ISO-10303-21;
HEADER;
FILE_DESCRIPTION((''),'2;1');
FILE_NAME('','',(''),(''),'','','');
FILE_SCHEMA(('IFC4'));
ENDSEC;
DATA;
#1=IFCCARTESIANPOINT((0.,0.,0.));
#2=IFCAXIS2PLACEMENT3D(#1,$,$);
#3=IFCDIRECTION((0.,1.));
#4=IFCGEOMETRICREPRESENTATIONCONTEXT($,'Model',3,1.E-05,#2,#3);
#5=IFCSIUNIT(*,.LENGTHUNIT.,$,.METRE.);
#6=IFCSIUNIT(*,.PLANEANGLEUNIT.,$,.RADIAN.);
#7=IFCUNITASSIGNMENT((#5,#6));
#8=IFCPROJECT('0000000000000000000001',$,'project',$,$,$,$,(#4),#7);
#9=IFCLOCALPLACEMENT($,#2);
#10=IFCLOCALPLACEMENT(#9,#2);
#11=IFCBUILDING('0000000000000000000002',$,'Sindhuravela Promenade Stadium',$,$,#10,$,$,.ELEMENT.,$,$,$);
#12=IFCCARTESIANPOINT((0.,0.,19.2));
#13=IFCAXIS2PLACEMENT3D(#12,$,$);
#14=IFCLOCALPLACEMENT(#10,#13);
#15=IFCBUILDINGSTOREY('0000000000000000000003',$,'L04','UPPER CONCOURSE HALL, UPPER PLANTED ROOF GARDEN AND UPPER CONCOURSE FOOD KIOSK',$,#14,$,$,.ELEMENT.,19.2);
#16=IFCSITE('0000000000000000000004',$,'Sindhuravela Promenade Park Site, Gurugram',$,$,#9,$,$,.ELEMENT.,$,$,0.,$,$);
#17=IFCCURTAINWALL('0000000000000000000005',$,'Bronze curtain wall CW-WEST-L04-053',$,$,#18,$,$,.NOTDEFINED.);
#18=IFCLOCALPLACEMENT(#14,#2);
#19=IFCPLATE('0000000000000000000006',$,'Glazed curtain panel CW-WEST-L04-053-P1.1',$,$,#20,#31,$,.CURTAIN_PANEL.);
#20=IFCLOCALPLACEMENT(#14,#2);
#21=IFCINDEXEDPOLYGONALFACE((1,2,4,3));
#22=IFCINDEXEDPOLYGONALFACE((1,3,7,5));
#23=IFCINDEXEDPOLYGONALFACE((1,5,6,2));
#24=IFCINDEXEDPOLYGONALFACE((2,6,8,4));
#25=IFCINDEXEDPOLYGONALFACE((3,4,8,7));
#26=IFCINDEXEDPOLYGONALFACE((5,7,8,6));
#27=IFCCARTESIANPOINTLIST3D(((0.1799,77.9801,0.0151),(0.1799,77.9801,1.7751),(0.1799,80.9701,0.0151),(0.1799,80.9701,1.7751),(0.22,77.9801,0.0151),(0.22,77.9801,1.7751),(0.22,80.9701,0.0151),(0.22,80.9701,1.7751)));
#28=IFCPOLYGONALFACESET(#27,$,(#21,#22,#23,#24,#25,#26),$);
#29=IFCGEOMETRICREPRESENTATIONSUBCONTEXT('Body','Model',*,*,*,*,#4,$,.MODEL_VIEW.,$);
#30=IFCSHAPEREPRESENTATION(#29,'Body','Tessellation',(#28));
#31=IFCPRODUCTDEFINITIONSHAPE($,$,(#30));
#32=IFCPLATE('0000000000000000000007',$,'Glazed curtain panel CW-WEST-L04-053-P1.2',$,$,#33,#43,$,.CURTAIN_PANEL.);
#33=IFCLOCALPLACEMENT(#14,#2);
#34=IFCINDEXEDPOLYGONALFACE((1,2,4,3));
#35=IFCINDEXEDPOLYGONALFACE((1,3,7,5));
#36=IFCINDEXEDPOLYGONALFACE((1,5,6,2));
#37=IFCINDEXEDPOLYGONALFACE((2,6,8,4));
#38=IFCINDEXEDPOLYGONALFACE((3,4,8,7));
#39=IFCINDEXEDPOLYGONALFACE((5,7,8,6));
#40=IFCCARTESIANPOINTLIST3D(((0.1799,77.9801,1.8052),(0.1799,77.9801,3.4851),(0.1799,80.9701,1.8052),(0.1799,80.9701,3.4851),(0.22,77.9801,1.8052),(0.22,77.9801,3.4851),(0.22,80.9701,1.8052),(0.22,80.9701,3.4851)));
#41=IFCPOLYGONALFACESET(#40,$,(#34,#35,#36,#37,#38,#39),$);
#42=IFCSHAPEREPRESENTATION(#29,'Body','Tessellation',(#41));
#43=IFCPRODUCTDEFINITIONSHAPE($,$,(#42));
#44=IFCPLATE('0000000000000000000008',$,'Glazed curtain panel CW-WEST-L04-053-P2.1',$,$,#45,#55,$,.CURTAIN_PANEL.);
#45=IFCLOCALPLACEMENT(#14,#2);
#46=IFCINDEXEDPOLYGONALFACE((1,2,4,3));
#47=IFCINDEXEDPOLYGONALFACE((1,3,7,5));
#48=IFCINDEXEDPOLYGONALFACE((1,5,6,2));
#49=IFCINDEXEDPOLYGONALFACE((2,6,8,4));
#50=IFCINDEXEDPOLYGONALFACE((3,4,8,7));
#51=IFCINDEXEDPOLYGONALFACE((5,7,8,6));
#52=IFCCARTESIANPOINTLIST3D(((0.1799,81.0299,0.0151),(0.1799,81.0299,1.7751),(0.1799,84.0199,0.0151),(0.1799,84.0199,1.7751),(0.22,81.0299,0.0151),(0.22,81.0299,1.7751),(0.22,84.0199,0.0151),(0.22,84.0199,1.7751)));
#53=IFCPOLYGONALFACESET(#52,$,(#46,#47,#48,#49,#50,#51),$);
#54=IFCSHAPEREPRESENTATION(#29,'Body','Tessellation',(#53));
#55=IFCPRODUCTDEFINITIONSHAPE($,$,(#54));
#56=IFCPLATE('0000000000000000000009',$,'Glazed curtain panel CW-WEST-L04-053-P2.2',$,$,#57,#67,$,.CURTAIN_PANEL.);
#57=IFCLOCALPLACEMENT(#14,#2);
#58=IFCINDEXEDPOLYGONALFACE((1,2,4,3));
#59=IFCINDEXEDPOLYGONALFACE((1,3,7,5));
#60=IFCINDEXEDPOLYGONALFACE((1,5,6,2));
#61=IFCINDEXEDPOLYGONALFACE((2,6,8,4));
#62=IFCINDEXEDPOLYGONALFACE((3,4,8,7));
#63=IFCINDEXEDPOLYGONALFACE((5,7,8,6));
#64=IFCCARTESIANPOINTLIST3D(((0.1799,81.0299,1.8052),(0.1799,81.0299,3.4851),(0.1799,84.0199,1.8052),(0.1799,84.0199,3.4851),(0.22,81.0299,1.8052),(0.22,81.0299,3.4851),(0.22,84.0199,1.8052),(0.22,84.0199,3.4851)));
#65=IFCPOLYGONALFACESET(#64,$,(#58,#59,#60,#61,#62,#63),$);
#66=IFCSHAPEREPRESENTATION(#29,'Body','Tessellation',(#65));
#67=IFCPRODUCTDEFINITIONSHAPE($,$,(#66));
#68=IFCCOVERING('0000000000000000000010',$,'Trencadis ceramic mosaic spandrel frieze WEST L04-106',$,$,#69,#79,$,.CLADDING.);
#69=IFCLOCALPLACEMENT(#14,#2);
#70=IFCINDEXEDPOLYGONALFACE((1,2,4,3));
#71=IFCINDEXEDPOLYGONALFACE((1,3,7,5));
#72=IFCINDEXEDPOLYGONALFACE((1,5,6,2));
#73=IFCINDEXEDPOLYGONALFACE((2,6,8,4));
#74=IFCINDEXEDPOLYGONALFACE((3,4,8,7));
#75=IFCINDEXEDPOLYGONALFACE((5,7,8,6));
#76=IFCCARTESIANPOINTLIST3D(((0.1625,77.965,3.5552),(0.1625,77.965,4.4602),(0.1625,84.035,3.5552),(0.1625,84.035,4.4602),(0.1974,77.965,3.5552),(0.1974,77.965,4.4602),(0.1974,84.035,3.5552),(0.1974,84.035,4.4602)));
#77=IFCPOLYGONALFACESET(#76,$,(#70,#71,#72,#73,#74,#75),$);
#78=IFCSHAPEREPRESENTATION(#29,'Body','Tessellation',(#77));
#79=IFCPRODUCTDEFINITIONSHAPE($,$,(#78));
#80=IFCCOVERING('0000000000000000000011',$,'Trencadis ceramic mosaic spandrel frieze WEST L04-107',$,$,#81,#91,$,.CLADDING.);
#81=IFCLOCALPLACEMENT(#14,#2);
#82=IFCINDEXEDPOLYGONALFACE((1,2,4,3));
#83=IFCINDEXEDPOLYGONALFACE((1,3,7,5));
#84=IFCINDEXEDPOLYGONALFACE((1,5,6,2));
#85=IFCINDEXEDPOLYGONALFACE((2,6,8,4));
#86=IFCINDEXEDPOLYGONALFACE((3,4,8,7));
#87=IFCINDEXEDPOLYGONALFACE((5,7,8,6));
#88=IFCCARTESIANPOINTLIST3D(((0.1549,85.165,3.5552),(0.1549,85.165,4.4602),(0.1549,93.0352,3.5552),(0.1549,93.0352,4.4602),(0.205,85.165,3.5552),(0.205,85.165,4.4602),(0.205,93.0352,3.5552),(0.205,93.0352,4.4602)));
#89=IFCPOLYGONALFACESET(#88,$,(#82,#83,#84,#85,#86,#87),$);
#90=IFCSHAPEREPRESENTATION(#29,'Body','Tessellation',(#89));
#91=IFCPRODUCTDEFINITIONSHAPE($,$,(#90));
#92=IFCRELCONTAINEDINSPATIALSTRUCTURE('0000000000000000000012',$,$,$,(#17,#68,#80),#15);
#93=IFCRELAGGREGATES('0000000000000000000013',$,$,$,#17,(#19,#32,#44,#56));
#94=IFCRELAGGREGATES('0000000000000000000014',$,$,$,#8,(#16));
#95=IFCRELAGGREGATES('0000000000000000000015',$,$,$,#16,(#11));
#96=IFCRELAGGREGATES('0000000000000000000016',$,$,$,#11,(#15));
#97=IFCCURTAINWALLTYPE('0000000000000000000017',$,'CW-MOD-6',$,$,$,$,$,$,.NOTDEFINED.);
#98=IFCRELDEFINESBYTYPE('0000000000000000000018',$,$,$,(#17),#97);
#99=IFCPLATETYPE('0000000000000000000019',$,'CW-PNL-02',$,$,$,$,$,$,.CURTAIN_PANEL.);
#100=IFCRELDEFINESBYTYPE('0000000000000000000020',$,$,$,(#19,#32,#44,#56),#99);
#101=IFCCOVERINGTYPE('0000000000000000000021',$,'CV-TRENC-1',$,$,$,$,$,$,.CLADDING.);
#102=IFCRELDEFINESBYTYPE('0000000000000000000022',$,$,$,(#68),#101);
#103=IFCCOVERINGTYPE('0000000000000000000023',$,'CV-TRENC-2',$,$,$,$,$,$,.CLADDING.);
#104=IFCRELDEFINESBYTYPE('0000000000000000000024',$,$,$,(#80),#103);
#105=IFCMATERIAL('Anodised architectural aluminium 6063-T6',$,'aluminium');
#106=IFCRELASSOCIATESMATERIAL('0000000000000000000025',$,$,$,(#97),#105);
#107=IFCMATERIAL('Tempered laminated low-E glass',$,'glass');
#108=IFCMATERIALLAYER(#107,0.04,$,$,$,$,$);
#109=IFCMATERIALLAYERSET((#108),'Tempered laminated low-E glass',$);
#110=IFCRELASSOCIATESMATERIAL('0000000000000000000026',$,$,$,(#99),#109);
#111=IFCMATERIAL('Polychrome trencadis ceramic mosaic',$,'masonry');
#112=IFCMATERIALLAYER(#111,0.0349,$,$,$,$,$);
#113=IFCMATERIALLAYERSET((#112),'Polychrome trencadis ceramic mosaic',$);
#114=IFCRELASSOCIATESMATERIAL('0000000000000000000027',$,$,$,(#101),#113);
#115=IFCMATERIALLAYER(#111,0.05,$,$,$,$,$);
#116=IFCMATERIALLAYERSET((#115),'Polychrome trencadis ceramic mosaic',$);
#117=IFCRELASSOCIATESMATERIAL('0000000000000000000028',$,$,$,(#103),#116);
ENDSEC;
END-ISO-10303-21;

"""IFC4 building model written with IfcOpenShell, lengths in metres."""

from ifc_helpers import new_model, si_unit, direction, frame, origin, origin_2d, place, context, subcontext, project, spatial, rectangle, extrude, material, layer, layer_set, type_object, element, aggregate, save


model = new_model("IFC4")

# Units and contexts
model_context = context("Model", 3, precision=1e-05, world=origin(), true_north=direction((0.0, 1.0)))
body_context = subcontext(model_context, "Body", "Model", "MODEL_VIEW")
ifc_project = project(units=[si_unit("LENGTHUNIT", "METRE"), si_unit("PLANEANGLEUNIT", "RADIAN")], contexts=[model_context])

# Site, building, storey
site_placement = place(None, origin())
site = spatial("IfcSite", under=ifc_project, at=site_placement, Name="Sindhuravela Promenade Park Site, Gurugram", CompositionType="ELEMENT", RefElevation=0.0)
building_placement = place(site_placement, origin())
building = spatial("IfcBuilding", under=site, at=building_placement, Name="Sindhuravela Promenade Stadium", CompositionType="ELEMENT")
storey_placement = place(building_placement, frame((0.0, 0.0, 19.2)))
storey = spatial("IfcBuildingStorey", under=building, at=storey_placement, Name="L04", Description="UPPER CONCOURSE HALL, UPPER PLANTED ROOF GARDEN AND UPPER CONCOURSE FOOD KIOSK", CompositionType="ELEMENT", Elevation=19.2)

# Curtain wall
ifc_material_1 = material(Name="Anodised architectural aluminium 6063-T6", Category="aluminium")
curtain_wall_type_1 = type_object("IfcCurtainWallType", Name="CW-MOD-6", PredefinedType="NOTDEFINED", material=ifc_material_1)
curtain_wall_1_placement = place(storey_placement, origin())
curtain_wall_1 = element("IfcCurtainWall", 1, at=curtain_wall_1_placement, inside=storey, type_object=curtain_wall_type_1, Name="Bronze curtain wall CW-WEST-L04-053", PredefinedType="NOTDEFINED")

# Plates
ifc_material_2 = material(Name="Tempered laminated low-E glass", Category="glass")
ifc_layer_1 = layer(ifc_material_2, 0.04)
ifc_layer_set_1 = layer_set([ifc_layer_1], Name="Tempered laminated low-E glass")
plate_type_1 = type_object("IfcPlateType", Name="CW-PNL-02", PredefinedType="CURTAIN_PANEL", material=ifc_layer_set_1)
plate_1_placement = place(storey_placement, frame((0.2, 79.4751, 0.0151), z_axis=(0.0, 0.0, 1.0), x_axis=(0.0, 1.0, 0.0)))
plate_1 = element("IfcPlate", 2, at=plate_1_placement, type_object=plate_type_1, Name="Glazed curtain panel CW-WEST-L04-053-P1.1", PredefinedType="CURTAIN_PANEL", context=body_context, shape_type="SweptSolid", body=[
    extrude(rectangle(XDim=2.99, YDim=0.04, at=origin_2d()), origin(), (0.0, 0.0, 1.0), 1.76),
])
plate_2_placement = place(storey_placement, frame((0.2, 79.4751, 1.8052), z_axis=(0.0, 0.0, 1.0), x_axis=(0.0, 1.0, 0.0)))
plate_2 = element("IfcPlate", 3, at=plate_2_placement, type_object=plate_type_1, Name="Glazed curtain panel CW-WEST-L04-053-P1.2", PredefinedType="CURTAIN_PANEL", context=body_context, shape_type="SweptSolid", body=[
    extrude(rectangle(XDim=2.99, YDim=0.04, at=origin_2d()), origin(), (0.0, 0.0, 1.0), 1.6799),
])
plate_3_placement = place(storey_placement, frame((0.2, 82.5249, 0.0151), z_axis=(0.0, 0.0, 1.0), x_axis=(0.0, 1.0, 0.0)))
plate_3 = element("IfcPlate", 4, at=plate_3_placement, type_object=plate_type_1, Name="Glazed curtain panel CW-WEST-L04-053-P2.1", PredefinedType="CURTAIN_PANEL", context=body_context, shape_type="SweptSolid", body=[
    extrude(rectangle(XDim=2.99, YDim=0.04, at=origin_2d()), origin(), (0.0, 0.0, 1.0), 1.76),
])
plate_4_placement = place(storey_placement, frame((0.2, 82.5249, 1.8052), z_axis=(0.0, 0.0, 1.0), x_axis=(0.0, 1.0, 0.0)))
plate_4 = element("IfcPlate", 5, at=plate_4_placement, type_object=plate_type_1, Name="Glazed curtain panel CW-WEST-L04-053-P2.2", PredefinedType="CURTAIN_PANEL", context=body_context, shape_type="SweptSolid", body=[
    extrude(rectangle(XDim=2.99, YDim=0.04, at=origin_2d()), origin(), (0.0, 0.0, 1.0), 1.6799),
])
aggregate(curtain_wall_1, [plate_1, plate_2, plate_3, plate_4])

# Coverings
ifc_material_3 = material(Name="Polychrome trencadis ceramic mosaic", Category="masonry")
ifc_layer_2 = layer(ifc_material_3, 0.0349)
ifc_layer_set_2 = layer_set([ifc_layer_2], Name="Polychrome trencadis ceramic mosaic")
covering_type_1 = type_object("IfcCoveringType", Name="CV-TRENC-1", PredefinedType="CLADDING", material=ifc_layer_set_2)
covering_1_placement = place(storey_placement, frame((0.1799, 81.0, 3.5552), z_axis=(0.0, 0.0, 1.0), x_axis=(0.0, 1.0, 0.0)))
element("IfcCovering", 6, at=covering_1_placement, inside=storey, type_object=covering_type_1, Name="Trencadis ceramic mosaic spandrel frieze WEST L04-106", PredefinedType="CLADDING", context=body_context, shape_type="SweptSolid", body=[
    extrude(rectangle(XDim=6.0701, YDim=0.0349, at=origin_2d()), origin(), (0.0, 0.0, 1.0), 0.905),
])
ifc_layer_3 = layer(ifc_material_3, 0.05)
ifc_layer_set_3 = layer_set([ifc_layer_3], Name="Polychrome trencadis ceramic mosaic")
covering_type_2 = type_object("IfcCoveringType", Name="CV-TRENC-2", PredefinedType="CLADDING", material=ifc_layer_set_3)
covering_2_placement = place(storey_placement, frame((0.1799, 89.1001, 3.5552), z_axis=(0.0, 0.0, 1.0), x_axis=(0.0, 1.0, 0.0)))
element("IfcCovering", 7, at=covering_2_placement, inside=storey, type_object=covering_type_2, Name="Trencadis ceramic mosaic spandrel frieze WEST L04-107", PredefinedType="CLADDING", context=body_context, shape_type="SweptSolid", body=[
    extrude(rectangle(XDim=7.8701, YDim=0.05, at=origin_2d()), origin(), (0.0, 0.0, 1.0), 0.905),
])

save(model, "model.ifc")
